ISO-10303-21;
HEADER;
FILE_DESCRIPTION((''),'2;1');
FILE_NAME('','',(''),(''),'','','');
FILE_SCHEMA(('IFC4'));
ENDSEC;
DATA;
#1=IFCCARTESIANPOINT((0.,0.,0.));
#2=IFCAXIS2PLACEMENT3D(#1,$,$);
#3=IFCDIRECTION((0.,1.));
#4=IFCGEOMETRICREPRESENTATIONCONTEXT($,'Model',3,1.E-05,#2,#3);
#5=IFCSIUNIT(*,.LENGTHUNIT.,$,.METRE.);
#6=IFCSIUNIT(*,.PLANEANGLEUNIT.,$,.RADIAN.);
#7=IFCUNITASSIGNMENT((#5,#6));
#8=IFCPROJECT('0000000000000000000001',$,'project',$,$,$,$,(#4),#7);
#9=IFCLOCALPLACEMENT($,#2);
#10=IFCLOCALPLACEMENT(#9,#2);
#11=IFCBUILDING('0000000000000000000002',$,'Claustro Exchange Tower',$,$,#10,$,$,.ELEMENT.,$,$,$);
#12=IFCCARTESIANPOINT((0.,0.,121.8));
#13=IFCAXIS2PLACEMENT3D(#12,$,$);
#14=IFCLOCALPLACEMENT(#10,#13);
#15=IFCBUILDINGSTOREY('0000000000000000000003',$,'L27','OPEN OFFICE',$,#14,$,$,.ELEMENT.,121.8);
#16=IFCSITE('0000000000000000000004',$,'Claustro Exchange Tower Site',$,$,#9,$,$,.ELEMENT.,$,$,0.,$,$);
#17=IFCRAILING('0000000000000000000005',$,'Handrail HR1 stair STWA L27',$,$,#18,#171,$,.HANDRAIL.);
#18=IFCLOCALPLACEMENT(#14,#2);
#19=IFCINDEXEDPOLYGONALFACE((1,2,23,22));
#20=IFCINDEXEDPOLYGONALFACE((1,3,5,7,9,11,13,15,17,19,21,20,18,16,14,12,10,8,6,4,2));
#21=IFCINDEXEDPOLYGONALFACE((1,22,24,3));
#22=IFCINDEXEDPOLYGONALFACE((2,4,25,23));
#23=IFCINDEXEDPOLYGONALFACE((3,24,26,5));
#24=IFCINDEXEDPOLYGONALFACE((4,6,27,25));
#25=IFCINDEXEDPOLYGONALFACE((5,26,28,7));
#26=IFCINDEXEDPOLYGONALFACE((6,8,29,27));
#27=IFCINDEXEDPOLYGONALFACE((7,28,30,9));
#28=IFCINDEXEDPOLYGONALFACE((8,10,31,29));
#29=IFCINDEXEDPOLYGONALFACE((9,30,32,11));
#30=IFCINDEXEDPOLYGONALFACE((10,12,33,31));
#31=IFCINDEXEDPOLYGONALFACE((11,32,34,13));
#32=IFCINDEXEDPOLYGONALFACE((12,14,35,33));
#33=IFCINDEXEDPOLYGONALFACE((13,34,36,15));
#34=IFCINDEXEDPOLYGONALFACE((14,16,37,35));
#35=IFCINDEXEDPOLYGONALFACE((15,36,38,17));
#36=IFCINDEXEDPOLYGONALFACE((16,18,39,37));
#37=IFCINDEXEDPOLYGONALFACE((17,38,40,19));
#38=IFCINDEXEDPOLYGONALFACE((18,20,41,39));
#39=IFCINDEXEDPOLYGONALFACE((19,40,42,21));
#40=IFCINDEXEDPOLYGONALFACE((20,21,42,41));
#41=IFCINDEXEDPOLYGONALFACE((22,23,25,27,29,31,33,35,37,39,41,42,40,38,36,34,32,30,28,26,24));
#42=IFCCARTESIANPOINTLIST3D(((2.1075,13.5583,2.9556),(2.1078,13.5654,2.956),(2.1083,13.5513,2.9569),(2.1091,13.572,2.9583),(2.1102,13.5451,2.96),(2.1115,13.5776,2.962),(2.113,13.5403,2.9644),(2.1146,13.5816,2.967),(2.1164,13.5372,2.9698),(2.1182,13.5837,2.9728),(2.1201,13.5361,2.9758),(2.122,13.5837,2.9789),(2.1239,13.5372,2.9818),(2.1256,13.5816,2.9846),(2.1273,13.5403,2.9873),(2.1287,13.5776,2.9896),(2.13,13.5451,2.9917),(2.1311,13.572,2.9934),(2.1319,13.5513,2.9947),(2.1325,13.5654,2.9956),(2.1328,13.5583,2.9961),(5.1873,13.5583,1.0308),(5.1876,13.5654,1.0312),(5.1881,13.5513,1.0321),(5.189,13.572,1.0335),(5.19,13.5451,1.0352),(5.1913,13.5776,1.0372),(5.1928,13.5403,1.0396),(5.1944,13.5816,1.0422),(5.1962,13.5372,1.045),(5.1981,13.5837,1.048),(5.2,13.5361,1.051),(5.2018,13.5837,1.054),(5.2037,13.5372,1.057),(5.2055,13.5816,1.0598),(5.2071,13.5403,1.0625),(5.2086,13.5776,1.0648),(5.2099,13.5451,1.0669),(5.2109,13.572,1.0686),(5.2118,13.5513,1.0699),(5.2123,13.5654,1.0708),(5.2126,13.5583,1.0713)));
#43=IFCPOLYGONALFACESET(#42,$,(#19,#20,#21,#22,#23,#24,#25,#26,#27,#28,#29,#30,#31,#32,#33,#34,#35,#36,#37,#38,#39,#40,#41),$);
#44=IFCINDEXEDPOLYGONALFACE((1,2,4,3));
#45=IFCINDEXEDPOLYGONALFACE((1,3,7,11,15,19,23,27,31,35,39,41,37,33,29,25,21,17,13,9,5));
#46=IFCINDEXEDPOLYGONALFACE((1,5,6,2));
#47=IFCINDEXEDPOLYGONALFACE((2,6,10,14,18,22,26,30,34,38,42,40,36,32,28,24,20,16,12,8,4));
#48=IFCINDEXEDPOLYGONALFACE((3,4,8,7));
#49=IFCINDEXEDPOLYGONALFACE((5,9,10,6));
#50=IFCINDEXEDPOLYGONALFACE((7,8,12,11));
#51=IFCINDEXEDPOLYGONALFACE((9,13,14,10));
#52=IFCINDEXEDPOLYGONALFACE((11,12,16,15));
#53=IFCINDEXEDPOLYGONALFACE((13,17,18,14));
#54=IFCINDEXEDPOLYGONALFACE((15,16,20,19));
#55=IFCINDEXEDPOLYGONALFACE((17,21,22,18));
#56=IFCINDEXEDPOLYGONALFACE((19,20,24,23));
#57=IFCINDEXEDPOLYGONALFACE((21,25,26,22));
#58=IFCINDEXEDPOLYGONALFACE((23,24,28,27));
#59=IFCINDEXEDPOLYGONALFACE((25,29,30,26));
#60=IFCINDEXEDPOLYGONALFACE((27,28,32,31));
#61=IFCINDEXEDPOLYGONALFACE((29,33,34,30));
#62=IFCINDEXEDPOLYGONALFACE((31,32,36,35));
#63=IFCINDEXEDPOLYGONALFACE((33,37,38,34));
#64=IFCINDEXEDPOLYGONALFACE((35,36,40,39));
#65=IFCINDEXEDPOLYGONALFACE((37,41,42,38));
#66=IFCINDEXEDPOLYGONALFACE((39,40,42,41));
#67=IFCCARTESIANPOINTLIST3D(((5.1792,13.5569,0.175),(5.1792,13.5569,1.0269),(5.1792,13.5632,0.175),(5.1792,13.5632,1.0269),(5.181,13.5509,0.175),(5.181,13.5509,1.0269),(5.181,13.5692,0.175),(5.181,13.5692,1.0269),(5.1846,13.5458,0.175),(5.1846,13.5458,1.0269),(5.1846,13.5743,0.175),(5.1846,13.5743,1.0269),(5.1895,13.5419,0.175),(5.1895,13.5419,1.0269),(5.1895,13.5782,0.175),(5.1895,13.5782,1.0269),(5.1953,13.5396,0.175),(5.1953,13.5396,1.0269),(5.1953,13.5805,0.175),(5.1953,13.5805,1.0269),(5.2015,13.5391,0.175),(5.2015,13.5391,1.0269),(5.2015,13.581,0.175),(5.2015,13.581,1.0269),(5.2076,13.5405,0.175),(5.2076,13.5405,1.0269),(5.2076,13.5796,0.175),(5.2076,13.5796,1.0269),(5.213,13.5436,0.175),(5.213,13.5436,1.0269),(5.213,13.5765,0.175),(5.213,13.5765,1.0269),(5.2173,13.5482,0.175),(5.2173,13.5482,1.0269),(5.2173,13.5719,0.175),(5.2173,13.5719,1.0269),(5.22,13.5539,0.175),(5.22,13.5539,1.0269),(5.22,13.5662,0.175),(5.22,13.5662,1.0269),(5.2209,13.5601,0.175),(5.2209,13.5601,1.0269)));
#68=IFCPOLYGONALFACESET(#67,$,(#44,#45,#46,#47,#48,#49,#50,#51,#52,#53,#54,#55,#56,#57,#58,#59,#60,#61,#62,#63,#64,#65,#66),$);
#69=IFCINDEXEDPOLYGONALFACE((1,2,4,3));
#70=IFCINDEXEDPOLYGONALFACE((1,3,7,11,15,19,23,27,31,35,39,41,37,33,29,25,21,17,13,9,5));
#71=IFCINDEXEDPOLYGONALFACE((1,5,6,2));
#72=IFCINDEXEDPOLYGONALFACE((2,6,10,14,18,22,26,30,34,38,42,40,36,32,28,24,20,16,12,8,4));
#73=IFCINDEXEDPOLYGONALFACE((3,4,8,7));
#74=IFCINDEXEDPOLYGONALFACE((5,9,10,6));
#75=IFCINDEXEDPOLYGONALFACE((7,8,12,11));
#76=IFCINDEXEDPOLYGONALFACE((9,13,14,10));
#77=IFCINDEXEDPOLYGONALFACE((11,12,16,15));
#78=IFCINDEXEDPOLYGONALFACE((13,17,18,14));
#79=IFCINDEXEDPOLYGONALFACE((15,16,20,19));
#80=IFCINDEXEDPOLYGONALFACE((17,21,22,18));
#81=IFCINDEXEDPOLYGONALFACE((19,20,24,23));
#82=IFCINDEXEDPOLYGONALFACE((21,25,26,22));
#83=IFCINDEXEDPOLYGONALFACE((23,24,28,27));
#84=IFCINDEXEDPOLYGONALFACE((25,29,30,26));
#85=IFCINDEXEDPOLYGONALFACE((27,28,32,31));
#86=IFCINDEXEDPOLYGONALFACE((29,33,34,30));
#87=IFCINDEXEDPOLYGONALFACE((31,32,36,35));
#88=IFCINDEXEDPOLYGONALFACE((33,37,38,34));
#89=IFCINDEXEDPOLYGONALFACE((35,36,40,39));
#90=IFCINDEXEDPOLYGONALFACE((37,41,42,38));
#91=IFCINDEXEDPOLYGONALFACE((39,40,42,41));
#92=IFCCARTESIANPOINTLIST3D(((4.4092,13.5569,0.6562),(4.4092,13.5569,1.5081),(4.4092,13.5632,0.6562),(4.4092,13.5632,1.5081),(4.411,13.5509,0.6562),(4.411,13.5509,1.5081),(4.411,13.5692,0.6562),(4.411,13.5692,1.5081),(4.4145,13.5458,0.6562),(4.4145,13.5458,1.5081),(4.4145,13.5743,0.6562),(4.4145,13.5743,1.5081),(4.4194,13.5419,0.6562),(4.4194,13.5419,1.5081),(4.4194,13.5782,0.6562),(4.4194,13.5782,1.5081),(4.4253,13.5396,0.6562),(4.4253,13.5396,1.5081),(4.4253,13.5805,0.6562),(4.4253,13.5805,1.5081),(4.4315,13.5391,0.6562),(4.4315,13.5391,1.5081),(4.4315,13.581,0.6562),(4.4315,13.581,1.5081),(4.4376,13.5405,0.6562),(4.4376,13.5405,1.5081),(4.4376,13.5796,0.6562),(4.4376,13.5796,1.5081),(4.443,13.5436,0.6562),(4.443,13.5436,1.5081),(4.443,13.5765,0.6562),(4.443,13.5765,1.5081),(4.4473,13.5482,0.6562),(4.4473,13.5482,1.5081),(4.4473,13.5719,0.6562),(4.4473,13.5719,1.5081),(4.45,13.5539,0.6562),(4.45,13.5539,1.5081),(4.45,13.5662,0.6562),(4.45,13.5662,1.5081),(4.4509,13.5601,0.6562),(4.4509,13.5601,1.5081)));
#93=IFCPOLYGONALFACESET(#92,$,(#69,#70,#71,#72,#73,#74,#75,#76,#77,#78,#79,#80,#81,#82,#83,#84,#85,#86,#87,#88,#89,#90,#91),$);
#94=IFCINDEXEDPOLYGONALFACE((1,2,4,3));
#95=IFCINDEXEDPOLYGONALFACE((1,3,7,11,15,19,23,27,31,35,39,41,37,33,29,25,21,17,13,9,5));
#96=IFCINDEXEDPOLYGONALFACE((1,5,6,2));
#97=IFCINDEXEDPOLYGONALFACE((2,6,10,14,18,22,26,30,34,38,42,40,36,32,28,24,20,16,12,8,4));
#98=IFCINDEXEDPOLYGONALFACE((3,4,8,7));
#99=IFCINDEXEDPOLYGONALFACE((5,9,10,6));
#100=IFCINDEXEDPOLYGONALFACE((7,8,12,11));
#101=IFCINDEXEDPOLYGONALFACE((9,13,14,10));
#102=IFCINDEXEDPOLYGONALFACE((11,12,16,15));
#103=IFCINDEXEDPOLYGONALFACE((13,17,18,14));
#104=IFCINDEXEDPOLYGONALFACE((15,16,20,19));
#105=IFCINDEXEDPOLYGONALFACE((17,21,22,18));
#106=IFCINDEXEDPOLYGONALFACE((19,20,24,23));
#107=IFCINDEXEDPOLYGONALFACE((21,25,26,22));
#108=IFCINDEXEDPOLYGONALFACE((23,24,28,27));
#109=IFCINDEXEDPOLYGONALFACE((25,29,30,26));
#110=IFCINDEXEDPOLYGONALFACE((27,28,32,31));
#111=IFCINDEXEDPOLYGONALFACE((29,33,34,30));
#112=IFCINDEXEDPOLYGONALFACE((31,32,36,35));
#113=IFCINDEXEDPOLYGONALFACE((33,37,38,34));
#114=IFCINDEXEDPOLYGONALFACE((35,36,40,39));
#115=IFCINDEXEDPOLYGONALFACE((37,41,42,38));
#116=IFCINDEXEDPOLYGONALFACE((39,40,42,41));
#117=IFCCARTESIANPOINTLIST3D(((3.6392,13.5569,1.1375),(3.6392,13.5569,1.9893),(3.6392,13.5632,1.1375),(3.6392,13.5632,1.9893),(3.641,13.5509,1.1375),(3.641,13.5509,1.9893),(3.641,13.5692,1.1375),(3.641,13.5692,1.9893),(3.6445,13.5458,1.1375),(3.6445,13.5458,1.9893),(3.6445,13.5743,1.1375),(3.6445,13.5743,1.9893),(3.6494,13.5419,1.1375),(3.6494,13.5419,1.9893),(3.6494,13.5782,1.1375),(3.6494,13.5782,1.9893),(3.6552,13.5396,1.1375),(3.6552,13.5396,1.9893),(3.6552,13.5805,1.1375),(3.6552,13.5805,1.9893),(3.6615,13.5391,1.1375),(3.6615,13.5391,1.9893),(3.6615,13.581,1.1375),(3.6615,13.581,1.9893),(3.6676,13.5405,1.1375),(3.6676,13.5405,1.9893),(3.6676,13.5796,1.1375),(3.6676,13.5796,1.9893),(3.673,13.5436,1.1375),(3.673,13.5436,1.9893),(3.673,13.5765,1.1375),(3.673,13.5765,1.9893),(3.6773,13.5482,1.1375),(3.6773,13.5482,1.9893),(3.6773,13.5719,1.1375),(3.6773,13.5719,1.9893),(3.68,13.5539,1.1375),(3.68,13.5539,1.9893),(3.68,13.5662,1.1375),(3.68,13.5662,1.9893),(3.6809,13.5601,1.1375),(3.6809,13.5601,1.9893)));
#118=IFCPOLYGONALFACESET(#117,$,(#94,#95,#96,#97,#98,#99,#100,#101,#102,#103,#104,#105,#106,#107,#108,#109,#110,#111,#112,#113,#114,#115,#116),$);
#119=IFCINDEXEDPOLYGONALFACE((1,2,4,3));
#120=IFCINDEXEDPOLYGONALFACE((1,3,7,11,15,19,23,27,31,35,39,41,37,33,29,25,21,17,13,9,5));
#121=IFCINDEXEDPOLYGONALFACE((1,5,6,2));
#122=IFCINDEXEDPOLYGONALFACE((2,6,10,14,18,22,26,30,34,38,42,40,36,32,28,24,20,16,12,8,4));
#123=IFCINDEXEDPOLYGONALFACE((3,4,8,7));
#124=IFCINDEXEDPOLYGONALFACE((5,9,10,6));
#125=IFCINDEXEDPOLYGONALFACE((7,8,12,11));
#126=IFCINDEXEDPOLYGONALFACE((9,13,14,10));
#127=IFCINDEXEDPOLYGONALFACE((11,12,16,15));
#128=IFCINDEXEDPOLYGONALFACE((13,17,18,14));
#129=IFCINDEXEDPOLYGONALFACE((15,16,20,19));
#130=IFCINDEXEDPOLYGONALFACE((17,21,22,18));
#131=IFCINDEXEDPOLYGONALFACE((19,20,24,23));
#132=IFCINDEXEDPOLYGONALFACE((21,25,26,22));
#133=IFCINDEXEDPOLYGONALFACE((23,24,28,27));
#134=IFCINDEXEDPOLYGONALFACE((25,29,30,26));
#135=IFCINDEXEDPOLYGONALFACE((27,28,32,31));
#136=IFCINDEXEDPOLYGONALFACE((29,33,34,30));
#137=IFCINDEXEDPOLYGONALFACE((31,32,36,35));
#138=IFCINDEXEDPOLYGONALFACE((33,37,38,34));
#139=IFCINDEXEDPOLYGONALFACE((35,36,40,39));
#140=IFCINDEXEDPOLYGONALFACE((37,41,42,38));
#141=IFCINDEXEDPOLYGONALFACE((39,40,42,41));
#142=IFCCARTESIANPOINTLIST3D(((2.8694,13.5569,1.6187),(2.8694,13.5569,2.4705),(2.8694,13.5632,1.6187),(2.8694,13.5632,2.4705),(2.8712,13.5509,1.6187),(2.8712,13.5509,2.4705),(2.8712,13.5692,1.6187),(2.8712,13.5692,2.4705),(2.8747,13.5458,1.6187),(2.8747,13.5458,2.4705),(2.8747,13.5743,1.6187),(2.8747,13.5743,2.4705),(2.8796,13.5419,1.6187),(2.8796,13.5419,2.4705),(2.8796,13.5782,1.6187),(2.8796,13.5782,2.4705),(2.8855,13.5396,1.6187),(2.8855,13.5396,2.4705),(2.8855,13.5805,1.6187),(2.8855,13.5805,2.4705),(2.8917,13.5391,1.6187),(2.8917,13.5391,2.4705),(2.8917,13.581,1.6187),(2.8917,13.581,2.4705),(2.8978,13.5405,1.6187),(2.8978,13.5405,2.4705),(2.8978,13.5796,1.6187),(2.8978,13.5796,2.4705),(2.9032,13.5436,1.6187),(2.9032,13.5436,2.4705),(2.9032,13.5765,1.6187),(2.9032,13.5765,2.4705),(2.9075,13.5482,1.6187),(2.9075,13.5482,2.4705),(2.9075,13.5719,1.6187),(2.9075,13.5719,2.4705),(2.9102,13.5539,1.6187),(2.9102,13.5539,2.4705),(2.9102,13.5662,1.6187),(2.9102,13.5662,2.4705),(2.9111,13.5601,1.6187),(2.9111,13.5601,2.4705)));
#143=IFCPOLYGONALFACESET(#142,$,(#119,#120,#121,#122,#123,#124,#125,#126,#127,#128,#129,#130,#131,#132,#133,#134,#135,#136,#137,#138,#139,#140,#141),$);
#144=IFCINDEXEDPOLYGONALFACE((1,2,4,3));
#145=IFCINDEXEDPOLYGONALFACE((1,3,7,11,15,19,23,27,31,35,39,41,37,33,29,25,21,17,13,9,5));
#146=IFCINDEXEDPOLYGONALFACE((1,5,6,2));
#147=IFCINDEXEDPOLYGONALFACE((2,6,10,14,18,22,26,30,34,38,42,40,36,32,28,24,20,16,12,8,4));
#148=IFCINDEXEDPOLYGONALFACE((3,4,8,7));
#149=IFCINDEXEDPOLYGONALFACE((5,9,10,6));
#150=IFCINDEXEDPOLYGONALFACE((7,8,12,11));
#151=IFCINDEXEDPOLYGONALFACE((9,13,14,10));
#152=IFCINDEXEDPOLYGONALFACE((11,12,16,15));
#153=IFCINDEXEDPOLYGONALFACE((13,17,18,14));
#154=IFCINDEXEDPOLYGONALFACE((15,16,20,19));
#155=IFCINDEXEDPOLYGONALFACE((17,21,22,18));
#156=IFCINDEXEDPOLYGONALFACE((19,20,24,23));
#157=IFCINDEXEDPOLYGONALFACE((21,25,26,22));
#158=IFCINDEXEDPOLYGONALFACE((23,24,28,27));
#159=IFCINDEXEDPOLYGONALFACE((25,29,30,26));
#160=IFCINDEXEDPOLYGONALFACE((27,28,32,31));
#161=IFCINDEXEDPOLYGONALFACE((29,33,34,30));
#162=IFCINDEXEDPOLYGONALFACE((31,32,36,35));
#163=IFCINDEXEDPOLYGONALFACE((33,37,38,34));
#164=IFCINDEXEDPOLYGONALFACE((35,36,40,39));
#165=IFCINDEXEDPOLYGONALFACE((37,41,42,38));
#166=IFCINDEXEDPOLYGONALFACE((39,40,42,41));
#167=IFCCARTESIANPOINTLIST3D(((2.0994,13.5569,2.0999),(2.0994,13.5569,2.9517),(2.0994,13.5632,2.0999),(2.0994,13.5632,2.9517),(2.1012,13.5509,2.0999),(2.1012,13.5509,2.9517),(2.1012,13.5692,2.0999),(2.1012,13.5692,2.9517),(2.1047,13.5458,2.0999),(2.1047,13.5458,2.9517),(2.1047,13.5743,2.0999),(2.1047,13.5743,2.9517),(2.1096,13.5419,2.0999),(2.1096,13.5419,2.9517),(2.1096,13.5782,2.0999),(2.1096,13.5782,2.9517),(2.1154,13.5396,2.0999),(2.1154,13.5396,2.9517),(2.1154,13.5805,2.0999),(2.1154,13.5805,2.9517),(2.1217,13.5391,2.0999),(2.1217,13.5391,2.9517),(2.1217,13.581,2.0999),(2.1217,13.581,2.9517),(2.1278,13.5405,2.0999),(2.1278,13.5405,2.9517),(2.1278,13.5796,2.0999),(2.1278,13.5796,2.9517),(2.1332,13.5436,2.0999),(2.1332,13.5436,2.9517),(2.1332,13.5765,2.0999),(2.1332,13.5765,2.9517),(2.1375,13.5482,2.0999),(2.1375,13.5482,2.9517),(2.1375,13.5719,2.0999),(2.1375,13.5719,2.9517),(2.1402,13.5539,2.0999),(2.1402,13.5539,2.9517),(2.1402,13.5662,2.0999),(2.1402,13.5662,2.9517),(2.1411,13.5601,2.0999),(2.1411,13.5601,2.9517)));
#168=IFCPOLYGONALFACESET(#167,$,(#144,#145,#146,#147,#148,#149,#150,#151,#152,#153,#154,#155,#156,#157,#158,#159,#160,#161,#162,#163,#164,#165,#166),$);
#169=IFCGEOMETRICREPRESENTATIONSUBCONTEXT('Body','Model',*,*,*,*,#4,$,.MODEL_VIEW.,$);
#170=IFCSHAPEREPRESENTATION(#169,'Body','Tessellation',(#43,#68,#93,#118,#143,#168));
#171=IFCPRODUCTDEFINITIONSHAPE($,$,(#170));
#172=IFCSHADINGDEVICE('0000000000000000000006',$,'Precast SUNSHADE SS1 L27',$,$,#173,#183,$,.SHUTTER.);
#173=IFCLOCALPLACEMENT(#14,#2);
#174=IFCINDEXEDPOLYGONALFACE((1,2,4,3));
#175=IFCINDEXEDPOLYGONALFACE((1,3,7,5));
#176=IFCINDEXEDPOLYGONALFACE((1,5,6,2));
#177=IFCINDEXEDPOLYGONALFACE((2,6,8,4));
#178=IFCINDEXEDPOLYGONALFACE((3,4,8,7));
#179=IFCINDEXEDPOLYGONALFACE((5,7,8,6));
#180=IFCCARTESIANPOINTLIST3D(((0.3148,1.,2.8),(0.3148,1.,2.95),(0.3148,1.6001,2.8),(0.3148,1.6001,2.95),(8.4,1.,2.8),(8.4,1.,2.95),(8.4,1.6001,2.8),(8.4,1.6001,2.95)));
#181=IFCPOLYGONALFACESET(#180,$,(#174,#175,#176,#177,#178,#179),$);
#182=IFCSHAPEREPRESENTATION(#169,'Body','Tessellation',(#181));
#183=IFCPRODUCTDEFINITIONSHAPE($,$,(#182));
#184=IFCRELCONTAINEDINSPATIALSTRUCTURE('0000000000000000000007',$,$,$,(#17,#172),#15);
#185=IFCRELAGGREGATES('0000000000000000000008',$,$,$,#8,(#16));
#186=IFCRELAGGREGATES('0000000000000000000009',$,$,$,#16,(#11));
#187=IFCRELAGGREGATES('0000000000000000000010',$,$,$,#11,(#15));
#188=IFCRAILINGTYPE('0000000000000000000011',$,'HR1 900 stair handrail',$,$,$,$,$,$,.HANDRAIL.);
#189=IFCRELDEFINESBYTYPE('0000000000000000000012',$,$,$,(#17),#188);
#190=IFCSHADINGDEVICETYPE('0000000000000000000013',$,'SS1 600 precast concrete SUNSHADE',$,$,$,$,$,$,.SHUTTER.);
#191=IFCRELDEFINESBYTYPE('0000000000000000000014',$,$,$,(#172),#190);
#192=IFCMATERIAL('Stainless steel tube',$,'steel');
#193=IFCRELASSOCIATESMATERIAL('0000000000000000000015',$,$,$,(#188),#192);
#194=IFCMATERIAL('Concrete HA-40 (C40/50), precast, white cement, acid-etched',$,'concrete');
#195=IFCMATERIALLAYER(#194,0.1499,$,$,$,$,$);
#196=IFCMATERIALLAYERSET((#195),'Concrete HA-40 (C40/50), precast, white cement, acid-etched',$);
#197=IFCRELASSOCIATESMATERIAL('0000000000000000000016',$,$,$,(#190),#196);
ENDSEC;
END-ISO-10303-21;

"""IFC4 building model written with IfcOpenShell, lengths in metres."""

from ifc_helpers import new_model, si_unit, direction, frame, origin, origin_2d, place, context, subcontext, project, spatial, rectangle, circle, extrude, material, layer, layer_set, type_object, element, save


model = new_model("IFC4")

# Units and contexts
model_context = context("Model", 3, precision=1e-05, world=origin(), true_north=direction((0.0, 1.0)))
body_context = subcontext(model_context, "Body", "Model", "MODEL_VIEW")
ifc_project = project(units=[si_unit("LENGTHUNIT", "METRE"), si_unit("PLANEANGLEUNIT", "RADIAN")], contexts=[model_context])

# Site, building, storey
site_placement = place(None, origin())
site = spatial("IfcSite", under=ifc_project, at=site_placement, Name="Claustro Exchange Tower Site", CompositionType="ELEMENT", RefElevation=0.0)
building_placement = place(site_placement, origin())
building = spatial("IfcBuilding", under=site, at=building_placement, Name="Claustro Exchange Tower", CompositionType="ELEMENT")
storey_placement = place(building_placement, frame((0.0, 0.0, 121.8)))
storey = spatial("IfcBuildingStorey", under=building, at=storey_placement, Name="L27", Description="OPEN OFFICE", CompositionType="ELEMENT", Elevation=121.8)

# Railing
ifc_material_1 = material(Name="Stainless steel tube", Category="steel")
railing_type_1 = type_object("IfcRailingType", Name="HR1 900 stair handrail", PredefinedType="HANDRAIL", material=ifc_material_1)
railing_1_placement = place(storey_placement, frame((5.2, 13.5601, 0.175)))
element("IfcRailing", 1, at=railing_1_placement, inside=storey, type_object=railing_type_1, Name="Handrail HR1 stair STWA L27", PredefinedType="HANDRAIL", context=body_context, shape_type="SweptSolid", body=[
    extrude(circle(Radius=0.0239, at=origin_2d()), frame((0.0, 0.0, 0.876), z_axis=(-0.84801, 0.0, 0.529981), x_axis=(0.0, -1.0, 0.0)), (0.0, 0.0, 1.0), 3.6318),
    extrude(circle(Radius=0.021, at=origin_2d()), origin(), (0.0, 0.0, 1.0), 0.8518),
    extrude(circle(Radius=0.021, at=origin_2d()), frame((-0.77, 0.0, 0.4812)), (0.0, 0.0, 1.0), 0.8518),
    extrude(circle(Radius=0.021, at=origin_2d()), frame((-1.54, 0.0, 0.9624)), (0.0, 0.0, 1.0), 0.8518),
    extrude(circle(Radius=0.021, at=origin_2d()), frame((-2.3098, 0.0, 1.4436)), (0.0, 0.0, 1.0), 0.8518),
    extrude(circle(Radius=0.021, at=origin_2d()), frame((-3.0798, 0.0, 1.9248)), (0.0, 0.0, 1.0), 0.8518),
])

# Shading device
ifc_material_2 = material(Name="Concrete HA-40 (C40/50), precast, white cement, acid-etched", Category="concrete")
ifc_layer_1 = layer(ifc_material_2, 0.1499)
ifc_layer_set_1 = layer_set([ifc_layer_1], Name="Concrete HA-40 (C40/50), precast, white cement, acid-etched")
shading_device_type = type_object("IfcShadingDeviceType", Name="SS1 600 precast concrete SUNSHADE", PredefinedType="SHUTTER", material=ifc_layer_set_1)
shading_device_placement = place(storey_placement, frame((4.3574, 1.3, 2.8), z_axis=(0.0, 0.0, 1.0), x_axis=(-1.0, 0.0, 0.0)))
element("IfcShadingDevice", 2, at=shading_device_placement, inside=storey, type_object=shading_device_type, Name="Precast SUNSHADE SS1 L27", PredefinedType="SHUTTER", context=body_context, shape_type="SweptSolid", body=[
    extrude(rectangle(XDim=8.0852, YDim=0.6001, at=origin_2d()), origin(), (0.0, 0.0, 1.0), 0.1499),
])

save(model, "model.ifc")
